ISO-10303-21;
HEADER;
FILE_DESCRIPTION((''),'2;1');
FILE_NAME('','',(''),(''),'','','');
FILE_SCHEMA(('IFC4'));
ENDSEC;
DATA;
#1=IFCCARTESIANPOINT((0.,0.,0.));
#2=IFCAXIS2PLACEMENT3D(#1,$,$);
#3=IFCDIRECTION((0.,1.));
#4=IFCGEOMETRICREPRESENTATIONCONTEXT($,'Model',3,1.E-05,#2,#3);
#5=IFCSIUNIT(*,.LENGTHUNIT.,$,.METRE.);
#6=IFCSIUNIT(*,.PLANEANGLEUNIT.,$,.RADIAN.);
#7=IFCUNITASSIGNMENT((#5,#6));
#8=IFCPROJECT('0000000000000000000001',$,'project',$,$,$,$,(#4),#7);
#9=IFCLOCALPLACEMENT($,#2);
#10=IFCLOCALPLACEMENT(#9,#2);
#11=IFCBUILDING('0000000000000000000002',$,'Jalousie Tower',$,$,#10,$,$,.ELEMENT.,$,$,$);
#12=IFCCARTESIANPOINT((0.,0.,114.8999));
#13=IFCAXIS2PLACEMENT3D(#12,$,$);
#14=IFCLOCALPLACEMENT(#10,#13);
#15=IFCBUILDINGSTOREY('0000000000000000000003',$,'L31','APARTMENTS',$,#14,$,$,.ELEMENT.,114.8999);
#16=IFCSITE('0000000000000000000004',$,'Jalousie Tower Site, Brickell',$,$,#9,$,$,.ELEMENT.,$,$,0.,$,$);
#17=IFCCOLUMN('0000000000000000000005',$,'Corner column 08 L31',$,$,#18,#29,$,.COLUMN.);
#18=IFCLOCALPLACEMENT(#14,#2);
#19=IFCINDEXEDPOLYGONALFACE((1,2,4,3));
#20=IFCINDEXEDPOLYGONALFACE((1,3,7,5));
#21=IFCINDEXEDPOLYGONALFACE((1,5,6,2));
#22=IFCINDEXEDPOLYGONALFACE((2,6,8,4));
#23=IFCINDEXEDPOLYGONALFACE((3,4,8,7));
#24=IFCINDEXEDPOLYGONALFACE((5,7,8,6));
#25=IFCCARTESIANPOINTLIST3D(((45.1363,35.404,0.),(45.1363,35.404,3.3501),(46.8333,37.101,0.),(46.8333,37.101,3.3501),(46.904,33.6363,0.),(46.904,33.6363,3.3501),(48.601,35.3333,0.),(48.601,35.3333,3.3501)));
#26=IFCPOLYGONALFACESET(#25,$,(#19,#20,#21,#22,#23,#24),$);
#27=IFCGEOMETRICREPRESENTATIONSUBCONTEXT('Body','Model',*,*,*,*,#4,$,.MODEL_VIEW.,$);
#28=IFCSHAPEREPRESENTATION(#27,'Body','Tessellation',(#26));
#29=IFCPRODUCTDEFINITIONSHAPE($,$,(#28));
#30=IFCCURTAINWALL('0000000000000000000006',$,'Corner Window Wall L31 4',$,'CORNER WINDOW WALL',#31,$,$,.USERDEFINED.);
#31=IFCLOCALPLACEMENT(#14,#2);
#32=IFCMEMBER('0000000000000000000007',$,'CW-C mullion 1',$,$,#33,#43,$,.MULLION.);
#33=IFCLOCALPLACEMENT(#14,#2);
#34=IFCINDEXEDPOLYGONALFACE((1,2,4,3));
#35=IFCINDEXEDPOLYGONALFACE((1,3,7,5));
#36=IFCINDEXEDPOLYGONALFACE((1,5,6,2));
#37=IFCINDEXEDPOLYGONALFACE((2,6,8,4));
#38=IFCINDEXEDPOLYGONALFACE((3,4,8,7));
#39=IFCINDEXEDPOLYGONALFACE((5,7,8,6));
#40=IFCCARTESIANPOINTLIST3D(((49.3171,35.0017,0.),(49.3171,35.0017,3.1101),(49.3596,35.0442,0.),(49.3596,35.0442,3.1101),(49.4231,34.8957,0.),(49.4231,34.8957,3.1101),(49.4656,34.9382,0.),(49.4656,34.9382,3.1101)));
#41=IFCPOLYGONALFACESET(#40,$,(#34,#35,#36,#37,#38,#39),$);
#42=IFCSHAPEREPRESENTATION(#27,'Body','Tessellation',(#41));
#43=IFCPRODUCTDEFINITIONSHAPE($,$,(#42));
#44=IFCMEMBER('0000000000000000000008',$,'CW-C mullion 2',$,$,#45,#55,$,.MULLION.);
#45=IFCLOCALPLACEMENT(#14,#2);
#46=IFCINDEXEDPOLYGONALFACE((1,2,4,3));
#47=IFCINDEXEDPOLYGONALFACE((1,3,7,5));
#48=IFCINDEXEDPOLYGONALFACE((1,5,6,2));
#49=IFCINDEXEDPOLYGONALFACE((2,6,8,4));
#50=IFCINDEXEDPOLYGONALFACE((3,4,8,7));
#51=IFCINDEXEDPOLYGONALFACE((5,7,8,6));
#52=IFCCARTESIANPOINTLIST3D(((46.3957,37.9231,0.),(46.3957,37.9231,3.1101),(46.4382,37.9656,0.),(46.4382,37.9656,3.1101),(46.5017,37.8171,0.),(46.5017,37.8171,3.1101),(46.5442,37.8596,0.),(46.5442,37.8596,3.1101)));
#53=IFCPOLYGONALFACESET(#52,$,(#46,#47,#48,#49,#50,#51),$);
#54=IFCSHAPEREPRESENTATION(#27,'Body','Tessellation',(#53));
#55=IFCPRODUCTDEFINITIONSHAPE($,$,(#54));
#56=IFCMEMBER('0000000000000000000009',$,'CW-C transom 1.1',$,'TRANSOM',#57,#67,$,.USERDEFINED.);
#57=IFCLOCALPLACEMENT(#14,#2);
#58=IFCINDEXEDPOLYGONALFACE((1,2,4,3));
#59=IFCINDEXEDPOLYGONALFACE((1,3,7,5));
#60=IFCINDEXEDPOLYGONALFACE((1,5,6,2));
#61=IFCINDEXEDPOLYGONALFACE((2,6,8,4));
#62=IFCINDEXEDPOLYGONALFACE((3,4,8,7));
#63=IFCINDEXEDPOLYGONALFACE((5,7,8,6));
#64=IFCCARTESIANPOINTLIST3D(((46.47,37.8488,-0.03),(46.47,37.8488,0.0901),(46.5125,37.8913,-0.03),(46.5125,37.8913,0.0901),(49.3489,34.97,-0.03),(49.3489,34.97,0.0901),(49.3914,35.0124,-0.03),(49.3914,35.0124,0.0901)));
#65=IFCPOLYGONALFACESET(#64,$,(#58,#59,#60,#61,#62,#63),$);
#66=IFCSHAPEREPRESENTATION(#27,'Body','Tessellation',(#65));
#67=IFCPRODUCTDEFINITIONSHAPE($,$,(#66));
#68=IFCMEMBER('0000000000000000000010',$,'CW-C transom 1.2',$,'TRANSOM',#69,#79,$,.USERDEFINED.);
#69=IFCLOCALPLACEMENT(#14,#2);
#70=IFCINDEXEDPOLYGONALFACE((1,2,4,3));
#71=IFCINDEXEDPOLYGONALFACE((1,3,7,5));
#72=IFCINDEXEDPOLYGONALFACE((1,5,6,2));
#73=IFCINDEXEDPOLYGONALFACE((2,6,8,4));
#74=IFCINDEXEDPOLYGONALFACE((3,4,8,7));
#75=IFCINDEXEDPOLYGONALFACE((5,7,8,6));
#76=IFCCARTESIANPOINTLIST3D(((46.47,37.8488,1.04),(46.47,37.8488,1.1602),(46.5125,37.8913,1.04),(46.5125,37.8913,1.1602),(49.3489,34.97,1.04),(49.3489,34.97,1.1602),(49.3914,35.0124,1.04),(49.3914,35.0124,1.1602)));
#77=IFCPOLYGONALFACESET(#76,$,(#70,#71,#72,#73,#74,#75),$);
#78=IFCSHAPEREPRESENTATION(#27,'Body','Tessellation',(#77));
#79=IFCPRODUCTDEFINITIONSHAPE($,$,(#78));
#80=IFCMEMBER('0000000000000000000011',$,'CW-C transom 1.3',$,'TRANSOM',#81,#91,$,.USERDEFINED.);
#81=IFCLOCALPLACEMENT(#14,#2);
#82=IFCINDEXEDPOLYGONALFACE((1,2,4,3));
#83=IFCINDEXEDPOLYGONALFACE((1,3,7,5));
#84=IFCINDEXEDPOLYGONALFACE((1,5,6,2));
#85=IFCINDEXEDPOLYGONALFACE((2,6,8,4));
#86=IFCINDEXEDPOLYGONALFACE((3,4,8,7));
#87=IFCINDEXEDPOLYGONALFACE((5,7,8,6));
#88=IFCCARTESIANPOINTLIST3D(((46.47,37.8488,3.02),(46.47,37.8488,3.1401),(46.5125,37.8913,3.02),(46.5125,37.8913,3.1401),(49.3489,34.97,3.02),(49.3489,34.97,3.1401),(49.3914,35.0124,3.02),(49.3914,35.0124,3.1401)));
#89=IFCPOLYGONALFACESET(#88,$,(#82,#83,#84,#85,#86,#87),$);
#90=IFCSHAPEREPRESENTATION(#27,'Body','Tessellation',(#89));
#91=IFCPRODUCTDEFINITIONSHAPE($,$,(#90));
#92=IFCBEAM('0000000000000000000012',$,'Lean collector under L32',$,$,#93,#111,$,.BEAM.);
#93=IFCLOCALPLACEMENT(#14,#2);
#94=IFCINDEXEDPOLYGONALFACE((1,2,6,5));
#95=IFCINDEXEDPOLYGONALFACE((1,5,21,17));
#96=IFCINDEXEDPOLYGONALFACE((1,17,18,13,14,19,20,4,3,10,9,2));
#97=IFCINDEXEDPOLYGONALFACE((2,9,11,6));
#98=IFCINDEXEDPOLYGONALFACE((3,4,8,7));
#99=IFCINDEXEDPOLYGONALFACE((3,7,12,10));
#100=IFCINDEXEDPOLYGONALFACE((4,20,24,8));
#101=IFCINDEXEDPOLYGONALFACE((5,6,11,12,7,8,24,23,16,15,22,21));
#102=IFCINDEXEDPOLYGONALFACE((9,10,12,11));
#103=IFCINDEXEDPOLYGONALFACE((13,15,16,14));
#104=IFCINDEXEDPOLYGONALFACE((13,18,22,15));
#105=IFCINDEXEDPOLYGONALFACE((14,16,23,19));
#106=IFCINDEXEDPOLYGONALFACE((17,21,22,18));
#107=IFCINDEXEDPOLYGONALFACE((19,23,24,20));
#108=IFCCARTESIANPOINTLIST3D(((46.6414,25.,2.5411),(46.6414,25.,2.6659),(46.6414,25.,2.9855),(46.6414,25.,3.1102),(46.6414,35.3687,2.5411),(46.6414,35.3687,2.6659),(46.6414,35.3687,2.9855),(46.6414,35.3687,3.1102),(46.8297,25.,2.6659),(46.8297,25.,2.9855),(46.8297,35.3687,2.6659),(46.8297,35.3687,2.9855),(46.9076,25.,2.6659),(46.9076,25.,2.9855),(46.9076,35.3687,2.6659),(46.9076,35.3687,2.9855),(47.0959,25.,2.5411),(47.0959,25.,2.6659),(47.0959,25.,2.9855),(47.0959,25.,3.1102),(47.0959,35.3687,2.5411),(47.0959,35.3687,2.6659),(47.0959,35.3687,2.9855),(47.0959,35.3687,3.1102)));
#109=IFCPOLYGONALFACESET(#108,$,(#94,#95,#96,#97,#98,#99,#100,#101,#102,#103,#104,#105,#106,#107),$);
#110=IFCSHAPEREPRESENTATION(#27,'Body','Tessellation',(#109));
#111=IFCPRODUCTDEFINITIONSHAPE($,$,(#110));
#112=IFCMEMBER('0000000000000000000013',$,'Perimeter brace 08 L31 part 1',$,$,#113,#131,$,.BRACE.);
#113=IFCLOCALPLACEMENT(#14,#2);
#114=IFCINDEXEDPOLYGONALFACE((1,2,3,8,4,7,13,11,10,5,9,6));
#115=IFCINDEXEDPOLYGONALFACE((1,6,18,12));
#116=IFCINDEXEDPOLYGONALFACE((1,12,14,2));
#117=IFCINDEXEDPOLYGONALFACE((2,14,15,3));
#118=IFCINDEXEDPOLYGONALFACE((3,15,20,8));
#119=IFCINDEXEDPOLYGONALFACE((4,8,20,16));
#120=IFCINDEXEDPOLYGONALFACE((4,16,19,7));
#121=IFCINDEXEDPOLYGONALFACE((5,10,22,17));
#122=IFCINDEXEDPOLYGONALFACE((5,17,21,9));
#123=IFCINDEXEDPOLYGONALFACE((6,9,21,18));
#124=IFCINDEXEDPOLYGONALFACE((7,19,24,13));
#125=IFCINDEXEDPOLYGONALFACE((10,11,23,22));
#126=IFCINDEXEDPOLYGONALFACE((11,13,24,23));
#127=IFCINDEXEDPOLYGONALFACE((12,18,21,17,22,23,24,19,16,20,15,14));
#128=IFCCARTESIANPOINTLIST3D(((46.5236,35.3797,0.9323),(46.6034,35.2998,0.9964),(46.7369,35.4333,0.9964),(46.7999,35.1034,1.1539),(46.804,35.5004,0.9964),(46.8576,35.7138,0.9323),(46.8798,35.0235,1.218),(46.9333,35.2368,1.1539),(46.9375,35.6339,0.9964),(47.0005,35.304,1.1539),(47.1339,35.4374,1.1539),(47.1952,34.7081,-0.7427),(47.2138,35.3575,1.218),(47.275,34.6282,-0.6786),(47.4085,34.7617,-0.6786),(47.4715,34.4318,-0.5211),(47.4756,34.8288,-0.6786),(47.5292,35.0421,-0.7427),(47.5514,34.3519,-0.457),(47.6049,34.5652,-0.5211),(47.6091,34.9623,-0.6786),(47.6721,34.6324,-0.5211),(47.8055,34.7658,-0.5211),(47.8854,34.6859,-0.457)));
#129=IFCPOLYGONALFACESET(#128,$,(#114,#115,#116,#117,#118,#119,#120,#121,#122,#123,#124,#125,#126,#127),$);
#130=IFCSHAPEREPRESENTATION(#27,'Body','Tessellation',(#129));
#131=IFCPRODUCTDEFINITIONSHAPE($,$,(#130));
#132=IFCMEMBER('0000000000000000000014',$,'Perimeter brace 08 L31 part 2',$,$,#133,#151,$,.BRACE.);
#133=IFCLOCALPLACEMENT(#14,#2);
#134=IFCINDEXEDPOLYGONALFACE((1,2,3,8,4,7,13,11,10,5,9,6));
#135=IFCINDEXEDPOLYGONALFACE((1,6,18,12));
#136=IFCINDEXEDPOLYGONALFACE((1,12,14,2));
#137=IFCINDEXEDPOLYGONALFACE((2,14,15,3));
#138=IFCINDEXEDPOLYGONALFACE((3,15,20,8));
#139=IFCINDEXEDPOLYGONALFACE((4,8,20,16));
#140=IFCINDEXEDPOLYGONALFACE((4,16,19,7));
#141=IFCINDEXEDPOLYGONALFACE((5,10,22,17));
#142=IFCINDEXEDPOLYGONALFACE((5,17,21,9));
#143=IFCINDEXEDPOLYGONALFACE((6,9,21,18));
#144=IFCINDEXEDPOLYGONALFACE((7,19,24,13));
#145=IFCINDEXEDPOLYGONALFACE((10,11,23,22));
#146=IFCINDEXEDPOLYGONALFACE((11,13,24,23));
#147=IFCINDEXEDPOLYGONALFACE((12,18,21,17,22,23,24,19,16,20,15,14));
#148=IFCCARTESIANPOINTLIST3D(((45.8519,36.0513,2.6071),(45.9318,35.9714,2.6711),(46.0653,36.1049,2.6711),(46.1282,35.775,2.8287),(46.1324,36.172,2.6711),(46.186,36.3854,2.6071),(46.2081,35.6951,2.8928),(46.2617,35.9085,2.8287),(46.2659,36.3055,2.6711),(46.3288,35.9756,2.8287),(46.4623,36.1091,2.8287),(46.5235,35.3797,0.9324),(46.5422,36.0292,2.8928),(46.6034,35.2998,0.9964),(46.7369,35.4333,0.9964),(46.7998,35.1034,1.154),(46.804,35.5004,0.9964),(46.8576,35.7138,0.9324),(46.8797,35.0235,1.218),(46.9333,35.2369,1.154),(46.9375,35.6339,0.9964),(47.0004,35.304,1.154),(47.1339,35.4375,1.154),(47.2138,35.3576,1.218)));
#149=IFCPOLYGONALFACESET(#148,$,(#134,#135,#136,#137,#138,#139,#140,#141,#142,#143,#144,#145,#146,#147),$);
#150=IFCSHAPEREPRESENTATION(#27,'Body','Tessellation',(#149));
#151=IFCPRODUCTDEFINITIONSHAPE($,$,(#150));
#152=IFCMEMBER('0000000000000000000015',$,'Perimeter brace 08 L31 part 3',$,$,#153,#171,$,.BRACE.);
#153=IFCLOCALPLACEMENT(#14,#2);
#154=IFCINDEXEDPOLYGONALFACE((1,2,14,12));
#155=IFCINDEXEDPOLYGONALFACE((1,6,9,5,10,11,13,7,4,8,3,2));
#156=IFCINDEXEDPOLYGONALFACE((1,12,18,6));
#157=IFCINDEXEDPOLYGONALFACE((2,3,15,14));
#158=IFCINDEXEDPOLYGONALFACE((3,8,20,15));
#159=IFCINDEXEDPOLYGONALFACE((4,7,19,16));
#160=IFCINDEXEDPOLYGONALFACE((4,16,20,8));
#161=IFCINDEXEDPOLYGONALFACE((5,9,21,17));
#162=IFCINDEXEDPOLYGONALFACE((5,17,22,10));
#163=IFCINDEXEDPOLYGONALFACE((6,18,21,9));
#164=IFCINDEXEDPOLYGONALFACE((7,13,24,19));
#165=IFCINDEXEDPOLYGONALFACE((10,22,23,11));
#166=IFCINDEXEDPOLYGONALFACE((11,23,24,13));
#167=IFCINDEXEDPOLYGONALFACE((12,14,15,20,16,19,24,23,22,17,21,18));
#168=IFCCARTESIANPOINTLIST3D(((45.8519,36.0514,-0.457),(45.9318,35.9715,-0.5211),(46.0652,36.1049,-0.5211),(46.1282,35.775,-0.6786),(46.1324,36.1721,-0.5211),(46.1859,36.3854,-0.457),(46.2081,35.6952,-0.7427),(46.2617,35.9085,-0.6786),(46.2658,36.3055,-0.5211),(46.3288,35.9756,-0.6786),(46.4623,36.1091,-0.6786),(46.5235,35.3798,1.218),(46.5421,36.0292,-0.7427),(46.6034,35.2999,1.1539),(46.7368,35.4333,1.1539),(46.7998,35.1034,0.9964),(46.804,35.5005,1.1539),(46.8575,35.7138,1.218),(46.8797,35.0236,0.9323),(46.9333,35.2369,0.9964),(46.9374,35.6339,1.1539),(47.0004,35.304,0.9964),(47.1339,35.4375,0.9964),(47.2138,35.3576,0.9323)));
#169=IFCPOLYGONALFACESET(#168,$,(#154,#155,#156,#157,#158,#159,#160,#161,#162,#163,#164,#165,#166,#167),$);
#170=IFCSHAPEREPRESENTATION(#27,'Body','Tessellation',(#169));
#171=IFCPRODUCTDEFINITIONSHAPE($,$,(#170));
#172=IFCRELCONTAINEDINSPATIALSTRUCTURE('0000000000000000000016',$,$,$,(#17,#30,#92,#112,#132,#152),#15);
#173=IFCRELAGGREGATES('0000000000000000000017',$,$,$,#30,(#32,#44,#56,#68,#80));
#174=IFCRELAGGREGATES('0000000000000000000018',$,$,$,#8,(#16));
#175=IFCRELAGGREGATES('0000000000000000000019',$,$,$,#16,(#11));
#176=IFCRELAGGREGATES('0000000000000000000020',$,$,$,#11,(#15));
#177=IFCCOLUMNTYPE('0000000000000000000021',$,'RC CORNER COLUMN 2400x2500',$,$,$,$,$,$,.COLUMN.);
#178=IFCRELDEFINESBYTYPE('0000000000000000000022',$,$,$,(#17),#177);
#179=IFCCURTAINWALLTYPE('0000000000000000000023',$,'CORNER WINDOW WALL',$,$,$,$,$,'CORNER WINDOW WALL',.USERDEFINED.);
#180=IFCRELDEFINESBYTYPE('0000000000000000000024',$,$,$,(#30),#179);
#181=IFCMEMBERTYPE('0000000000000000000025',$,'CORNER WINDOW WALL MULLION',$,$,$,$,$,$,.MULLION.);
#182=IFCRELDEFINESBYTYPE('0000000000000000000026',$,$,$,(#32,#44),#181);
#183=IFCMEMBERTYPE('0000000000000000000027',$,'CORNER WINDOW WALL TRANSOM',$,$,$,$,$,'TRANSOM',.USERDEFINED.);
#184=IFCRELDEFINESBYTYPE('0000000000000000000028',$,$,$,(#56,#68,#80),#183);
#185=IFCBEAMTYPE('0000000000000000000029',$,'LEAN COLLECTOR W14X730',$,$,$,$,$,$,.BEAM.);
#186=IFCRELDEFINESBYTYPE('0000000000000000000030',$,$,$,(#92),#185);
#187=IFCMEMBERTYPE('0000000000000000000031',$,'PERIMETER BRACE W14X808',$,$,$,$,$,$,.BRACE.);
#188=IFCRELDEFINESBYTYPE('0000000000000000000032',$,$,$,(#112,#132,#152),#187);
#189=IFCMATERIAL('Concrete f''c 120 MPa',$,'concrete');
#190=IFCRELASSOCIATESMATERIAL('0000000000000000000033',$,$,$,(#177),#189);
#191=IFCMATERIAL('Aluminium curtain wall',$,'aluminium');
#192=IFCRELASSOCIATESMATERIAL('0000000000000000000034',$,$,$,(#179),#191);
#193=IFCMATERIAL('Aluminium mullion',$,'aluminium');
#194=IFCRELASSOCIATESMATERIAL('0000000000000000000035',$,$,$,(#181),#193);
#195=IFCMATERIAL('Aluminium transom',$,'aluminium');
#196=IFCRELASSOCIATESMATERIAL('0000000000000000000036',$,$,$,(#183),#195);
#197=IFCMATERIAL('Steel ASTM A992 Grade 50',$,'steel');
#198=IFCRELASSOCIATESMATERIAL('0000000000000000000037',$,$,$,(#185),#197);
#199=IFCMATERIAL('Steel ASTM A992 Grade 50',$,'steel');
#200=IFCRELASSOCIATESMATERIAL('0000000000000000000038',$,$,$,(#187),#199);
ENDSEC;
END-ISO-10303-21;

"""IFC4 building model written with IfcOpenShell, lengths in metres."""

from ifc_helpers import new_model, si_unit, direction, frame, origin, origin_2d, place, context, subcontext, project, spatial, rectangle, i_section, extrude, material, material_profile, profile_set, type_object, element, aggregate, save


model = new_model("IFC4")

# Units and contexts
model_context = context("Model", 3, precision=1e-05, world=origin(), true_north=direction((0.0, 1.0)))
body_context = subcontext(model_context, "Body", "Model", "MODEL_VIEW")
ifc_project = project(units=[si_unit("LENGTHUNIT", "METRE"), si_unit("PLANEANGLEUNIT", "RADIAN")], contexts=[model_context])

# Site, building, storey
site_placement = place(None, origin())
site = spatial("IfcSite", under=ifc_project, at=site_placement, Name="Jalousie Tower Site, Brickell", CompositionType="ELEMENT", RefElevation=0.0)
building_placement = place(site_placement, origin())
building = spatial("IfcBuilding", under=site, at=building_placement, Name="Jalousie Tower", CompositionType="ELEMENT")
storey_placement = place(building_placement, frame((0.0, 0.0, 114.8999)))
storey = spatial("IfcBuildingStorey", under=building, at=storey_placement, Name="L31", Description="APARTMENTS", CompositionType="ELEMENT", Elevation=114.8999)

# Column
ifc_material_1 = material(Name="Concrete f'c 120 MPa", Category="concrete")
ifc_material_profile_1 = material_profile(ifc_material_1, rectangle(XDim=2.3999, YDim=2.5, at=origin_2d()), Name="RC 2400x2500")
ifc_profile_set_1 = profile_set([ifc_material_profile_1], Name="Concrete f'c 120 MPa")
column_type = type_object("IfcColumnType", Name="RC CORNER COLUMN 2400x2500", PredefinedType="COLUMN", material=ifc_profile_set_1)
column_placement = place(storey_placement, frame((46.8687, 35.3687, 0.0), z_axis=(0.0, 0.0, 1.0), x_axis=(-0.707107, -0.707107, 0.0)))
element("IfcColumn", 1, at=column_placement, inside=storey, type_object=column_type, Name="Corner column 08 L31", PredefinedType="COLUMN", context=body_context, shape_type="SweptSolid", body=[
    extrude(rectangle(XDim=2.3999, YDim=2.5, at=origin_2d()), origin(), (0.0, 0.0, 1.0), 3.3501),
])

# Curtain wall, members
ifc_material_2 = material(Name="Aluminium curtain wall", Category="aluminium")
curtain_wall_type_1 = type_object("IfcCurtainWallType", Name="CORNER WINDOW WALL", ElementType="CORNER WINDOW WALL", PredefinedType="USERDEFINED", material=ifc_material_2)
curtain_wall_1_placement = place(storey_placement, origin())
curtain_wall_1 = element("IfcCurtainWall", 2, at=curtain_wall_1_placement, inside=storey, type_object=curtain_wall_type_1, Name="Corner Window Wall L31 4", ObjectType="CORNER WINDOW WALL", PredefinedType="USERDEFINED")
ifc_material_3 = material(Name="Aluminium mullion", Category="aluminium")
ifc_material_profile_2 = material_profile(ifc_material_3, rectangle(XDim=0.0601, YDim=0.1499, at=origin_2d()), Name="MULLION 60x150")
ifc_profile_set_2 = profile_set([ifc_material_profile_2], Name="Aluminium mullion")
member_type_1 = type_object("IfcMemberType", Name="CORNER WINDOW WALL MULLION", PredefinedType="MULLION", material=ifc_profile_set_2)
member_1_placement = place(storey_placement, frame((49.3914, 34.97, 0.0), z_axis=(0.0, 0.0, 1.0), x_axis=(-0.707107, -0.707107, 0.0)))
member_1 = element("IfcMember", 3, at=member_1_placement, type_object=member_type_1, Name="CW-C mullion 1", PredefinedType="MULLION", context=body_context, shape_type="SweptSolid", body=[
    extrude(rectangle(XDim=0.0601, YDim=0.1499, at=origin_2d()), origin(), (0.0, 0.0, 1.0), 3.1101),
])
member_2_placement = place(storey_placement, frame((46.47, 37.8914, 0.0), z_axis=(0.0, 0.0, 1.0), x_axis=(-0.707107, -0.707107, 0.0)))
member_2 = element("IfcMember", 4, at=member_2_placement, type_object=member_type_1, Name="CW-C mullion 2", PredefinedType="MULLION", context=body_context, shape_type="SweptSolid", body=[
    extrude(rectangle(XDim=0.0601, YDim=0.1499, at=origin_2d()), origin(), (0.0, 0.0, 1.0), 3.1101),
])
ifc_material_4 = material(Name="Aluminium transom", Category="aluminium")
ifc_material_profile_3 = material_profile(ifc_material_4, rectangle(XDim=0.0601, YDim=0.1201, at=origin_2d()), Name="TRANSOM 60x120")
ifc_profile_set_3 = profile_set([ifc_material_profile_3], Name="Aluminium transom")
member_type_2 = type_object("IfcMemberType", Name="CORNER WINDOW WALL TRANSOM", ElementType="TRANSOM", PredefinedType="USERDEFINED", material=ifc_profile_set_3)
member_3_placement = place(storey_placement, frame((49.3701, 34.9912, 0.03), z_axis=(-0.707107, 0.707107, 0.0), x_axis=(-0.707107, -0.707107, 0.0)))
member_3 = element("IfcMember", 5, at=member_3_placement, type_object=member_type_2, Name="CW-C transom 1.1", ObjectType="TRANSOM", PredefinedType="USERDEFINED", context=body_context, shape_type="SweptSolid", body=[
    extrude(rectangle(XDim=0.0601, YDim=0.1201, at=origin_2d()), origin(), (0.0, 0.0, 1.0), 4.0713),
])
member_4_placement = place(storey_placement, frame((49.3701, 34.9912, 1.1001), z_axis=(-0.707107, 0.707107, 0.0), x_axis=(-0.707107, -0.707107, 0.0)))
member_4 = element("IfcMember", 6, at=member_4_placement, type_object=member_type_2, Name="CW-C transom 1.2", ObjectType="TRANSOM", PredefinedType="USERDEFINED", context=body_context, shape_type="SweptSolid", body=[
    extrude(rectangle(XDim=0.0601, YDim=0.1201, at=origin_2d()), origin(), (0.0, 0.0, 1.0), 4.0713),
])
member_5_placement = place(storey_placement, frame((49.3701, 34.9912, 3.0801), z_axis=(-0.707107, 0.707107, 0.0), x_axis=(-0.707107, -0.707107, 0.0)))
member_5 = element("IfcMember", 7, at=member_5_placement, type_object=member_type_2, Name="CW-C transom 1.3", ObjectType="TRANSOM", PredefinedType="USERDEFINED", context=body_context, shape_type="SweptSolid", body=[
    extrude(rectangle(XDim=0.0601, YDim=0.1201, at=origin_2d()), origin(), (0.0, 0.0, 1.0), 4.0713),
])

# Beam
ifc_material_5 = material(Name="Steel ASTM A992 Grade 50", Category="steel")
ifc_material_profile_4 = material_profile(ifc_material_5, i_section(OverallWidth=0.4546, OverallDepth=0.5691, WebThickness=0.0779, FlangeThickness=0.1248, at=origin_2d()), Name="W14X730")
ifc_profile_set_4 = profile_set([ifc_material_profile_4], Name="Steel ASTM A992 Grade 50")
beam_type_1 = type_object("IfcBeamType", Name="LEAN COLLECTOR W14X730", PredefinedType="BEAM", material=ifc_profile_set_4)
beam_1_placement = place(storey_placement, frame((46.8687, 35.3687, 2.8257), z_axis=(0.0, -1.0, 0.0), x_axis=(1.0, 0.0, 0.0)))
element("IfcBeam", 8, at=beam_1_placement, inside=storey, type_object=beam_type_1, Name="Lean collector under L32", PredefinedType="BEAM", context=body_context, shape_type="SweptSolid", body=[
    extrude(i_section(OverallWidth=0.4546, OverallDepth=0.5691, WebThickness=0.0779, FlangeThickness=0.1248, at=origin_2d()), origin(), (0.0, 0.0, 1.0), 10.3687),
])

# Members
ifc_material_6 = material(Name="Steel ASTM A992 Grade 50", Category="steel")
ifc_material_profile_5 = material_profile(ifc_material_6, i_section(OverallWidth=0.4724, OverallDepth=0.5791, WebThickness=0.095, FlangeThickness=0.1299, at=origin_2d()), Name="W14X808")
ifc_profile_set_5 = profile_set([ifc_material_profile_5], Name="Steel ASTM A992 Grade 50")
member_type_3 = type_object("IfcMemberType", Name="PERIMETER BRACE W14X808", PredefinedType="BRACE", material=ifc_profile_set_5)
member_6_placement = place(storey_placement, frame((47.5403, 34.697, -0.5999), z_axis=(-0.348789, 0.348789, 0.869881), x_axis=(-0.707107, -0.707107, 0.0)))
element("IfcMember", 9, at=member_6_placement, inside=storey, type_object=member_type_3, Name="Perimeter brace 08 L31 part 1", PredefinedType="BRACE", context=body_context, shape_type="SweptSolid", body=[
    extrude(i_section(OverallWidth=0.4724, OverallDepth=0.5791, WebThickness=0.095, FlangeThickness=0.1299, at=origin_2d()), origin(), (0.0, 0.0, 1.0), 1.9255),
])
member_7_placement = place(storey_placement, frame((46.8687, 35.3687, 1.0752), z_axis=(-0.348828, 0.348828, 0.86985), x_axis=(-0.707107, -0.707107, 0.0)))
element("IfcMember", 10, at=member_7_placement, inside=storey, type_object=member_type_3, Name="Perimeter brace 08 L31 part 2", PredefinedType="BRACE", context=body_context, shape_type="SweptSolid", body=[
    extrude(i_section(OverallWidth=0.4724, OverallDepth=0.5791, WebThickness=0.095, FlangeThickness=0.1299, at=origin_2d()), origin(), (0.0, 0.0, 1.0), 1.9253),
])
member_8_placement = place(storey_placement, frame((46.197, 36.0403, -0.5999), z_axis=(0.348789, -0.348789, 0.869881), x_axis=(0.707107, 0.707107, 0.0)))
element("IfcMember", 11, at=member_8_placement, inside=storey, type_object=member_type_3, Name="Perimeter brace 08 L31 part 3", PredefinedType="BRACE", context=body_context, shape_type="SweptSolid", body=[
    extrude(i_section(OverallWidth=0.4724, OverallDepth=0.5791, WebThickness=0.095, FlangeThickness=0.1299, at=origin_2d()), origin(), (0.0, 0.0, 1.0), 1.9255),
])

aggregate(curtain_wall_1, [member_1, member_2, member_3, member_4, member_5])

save(model, "model.ifc")
